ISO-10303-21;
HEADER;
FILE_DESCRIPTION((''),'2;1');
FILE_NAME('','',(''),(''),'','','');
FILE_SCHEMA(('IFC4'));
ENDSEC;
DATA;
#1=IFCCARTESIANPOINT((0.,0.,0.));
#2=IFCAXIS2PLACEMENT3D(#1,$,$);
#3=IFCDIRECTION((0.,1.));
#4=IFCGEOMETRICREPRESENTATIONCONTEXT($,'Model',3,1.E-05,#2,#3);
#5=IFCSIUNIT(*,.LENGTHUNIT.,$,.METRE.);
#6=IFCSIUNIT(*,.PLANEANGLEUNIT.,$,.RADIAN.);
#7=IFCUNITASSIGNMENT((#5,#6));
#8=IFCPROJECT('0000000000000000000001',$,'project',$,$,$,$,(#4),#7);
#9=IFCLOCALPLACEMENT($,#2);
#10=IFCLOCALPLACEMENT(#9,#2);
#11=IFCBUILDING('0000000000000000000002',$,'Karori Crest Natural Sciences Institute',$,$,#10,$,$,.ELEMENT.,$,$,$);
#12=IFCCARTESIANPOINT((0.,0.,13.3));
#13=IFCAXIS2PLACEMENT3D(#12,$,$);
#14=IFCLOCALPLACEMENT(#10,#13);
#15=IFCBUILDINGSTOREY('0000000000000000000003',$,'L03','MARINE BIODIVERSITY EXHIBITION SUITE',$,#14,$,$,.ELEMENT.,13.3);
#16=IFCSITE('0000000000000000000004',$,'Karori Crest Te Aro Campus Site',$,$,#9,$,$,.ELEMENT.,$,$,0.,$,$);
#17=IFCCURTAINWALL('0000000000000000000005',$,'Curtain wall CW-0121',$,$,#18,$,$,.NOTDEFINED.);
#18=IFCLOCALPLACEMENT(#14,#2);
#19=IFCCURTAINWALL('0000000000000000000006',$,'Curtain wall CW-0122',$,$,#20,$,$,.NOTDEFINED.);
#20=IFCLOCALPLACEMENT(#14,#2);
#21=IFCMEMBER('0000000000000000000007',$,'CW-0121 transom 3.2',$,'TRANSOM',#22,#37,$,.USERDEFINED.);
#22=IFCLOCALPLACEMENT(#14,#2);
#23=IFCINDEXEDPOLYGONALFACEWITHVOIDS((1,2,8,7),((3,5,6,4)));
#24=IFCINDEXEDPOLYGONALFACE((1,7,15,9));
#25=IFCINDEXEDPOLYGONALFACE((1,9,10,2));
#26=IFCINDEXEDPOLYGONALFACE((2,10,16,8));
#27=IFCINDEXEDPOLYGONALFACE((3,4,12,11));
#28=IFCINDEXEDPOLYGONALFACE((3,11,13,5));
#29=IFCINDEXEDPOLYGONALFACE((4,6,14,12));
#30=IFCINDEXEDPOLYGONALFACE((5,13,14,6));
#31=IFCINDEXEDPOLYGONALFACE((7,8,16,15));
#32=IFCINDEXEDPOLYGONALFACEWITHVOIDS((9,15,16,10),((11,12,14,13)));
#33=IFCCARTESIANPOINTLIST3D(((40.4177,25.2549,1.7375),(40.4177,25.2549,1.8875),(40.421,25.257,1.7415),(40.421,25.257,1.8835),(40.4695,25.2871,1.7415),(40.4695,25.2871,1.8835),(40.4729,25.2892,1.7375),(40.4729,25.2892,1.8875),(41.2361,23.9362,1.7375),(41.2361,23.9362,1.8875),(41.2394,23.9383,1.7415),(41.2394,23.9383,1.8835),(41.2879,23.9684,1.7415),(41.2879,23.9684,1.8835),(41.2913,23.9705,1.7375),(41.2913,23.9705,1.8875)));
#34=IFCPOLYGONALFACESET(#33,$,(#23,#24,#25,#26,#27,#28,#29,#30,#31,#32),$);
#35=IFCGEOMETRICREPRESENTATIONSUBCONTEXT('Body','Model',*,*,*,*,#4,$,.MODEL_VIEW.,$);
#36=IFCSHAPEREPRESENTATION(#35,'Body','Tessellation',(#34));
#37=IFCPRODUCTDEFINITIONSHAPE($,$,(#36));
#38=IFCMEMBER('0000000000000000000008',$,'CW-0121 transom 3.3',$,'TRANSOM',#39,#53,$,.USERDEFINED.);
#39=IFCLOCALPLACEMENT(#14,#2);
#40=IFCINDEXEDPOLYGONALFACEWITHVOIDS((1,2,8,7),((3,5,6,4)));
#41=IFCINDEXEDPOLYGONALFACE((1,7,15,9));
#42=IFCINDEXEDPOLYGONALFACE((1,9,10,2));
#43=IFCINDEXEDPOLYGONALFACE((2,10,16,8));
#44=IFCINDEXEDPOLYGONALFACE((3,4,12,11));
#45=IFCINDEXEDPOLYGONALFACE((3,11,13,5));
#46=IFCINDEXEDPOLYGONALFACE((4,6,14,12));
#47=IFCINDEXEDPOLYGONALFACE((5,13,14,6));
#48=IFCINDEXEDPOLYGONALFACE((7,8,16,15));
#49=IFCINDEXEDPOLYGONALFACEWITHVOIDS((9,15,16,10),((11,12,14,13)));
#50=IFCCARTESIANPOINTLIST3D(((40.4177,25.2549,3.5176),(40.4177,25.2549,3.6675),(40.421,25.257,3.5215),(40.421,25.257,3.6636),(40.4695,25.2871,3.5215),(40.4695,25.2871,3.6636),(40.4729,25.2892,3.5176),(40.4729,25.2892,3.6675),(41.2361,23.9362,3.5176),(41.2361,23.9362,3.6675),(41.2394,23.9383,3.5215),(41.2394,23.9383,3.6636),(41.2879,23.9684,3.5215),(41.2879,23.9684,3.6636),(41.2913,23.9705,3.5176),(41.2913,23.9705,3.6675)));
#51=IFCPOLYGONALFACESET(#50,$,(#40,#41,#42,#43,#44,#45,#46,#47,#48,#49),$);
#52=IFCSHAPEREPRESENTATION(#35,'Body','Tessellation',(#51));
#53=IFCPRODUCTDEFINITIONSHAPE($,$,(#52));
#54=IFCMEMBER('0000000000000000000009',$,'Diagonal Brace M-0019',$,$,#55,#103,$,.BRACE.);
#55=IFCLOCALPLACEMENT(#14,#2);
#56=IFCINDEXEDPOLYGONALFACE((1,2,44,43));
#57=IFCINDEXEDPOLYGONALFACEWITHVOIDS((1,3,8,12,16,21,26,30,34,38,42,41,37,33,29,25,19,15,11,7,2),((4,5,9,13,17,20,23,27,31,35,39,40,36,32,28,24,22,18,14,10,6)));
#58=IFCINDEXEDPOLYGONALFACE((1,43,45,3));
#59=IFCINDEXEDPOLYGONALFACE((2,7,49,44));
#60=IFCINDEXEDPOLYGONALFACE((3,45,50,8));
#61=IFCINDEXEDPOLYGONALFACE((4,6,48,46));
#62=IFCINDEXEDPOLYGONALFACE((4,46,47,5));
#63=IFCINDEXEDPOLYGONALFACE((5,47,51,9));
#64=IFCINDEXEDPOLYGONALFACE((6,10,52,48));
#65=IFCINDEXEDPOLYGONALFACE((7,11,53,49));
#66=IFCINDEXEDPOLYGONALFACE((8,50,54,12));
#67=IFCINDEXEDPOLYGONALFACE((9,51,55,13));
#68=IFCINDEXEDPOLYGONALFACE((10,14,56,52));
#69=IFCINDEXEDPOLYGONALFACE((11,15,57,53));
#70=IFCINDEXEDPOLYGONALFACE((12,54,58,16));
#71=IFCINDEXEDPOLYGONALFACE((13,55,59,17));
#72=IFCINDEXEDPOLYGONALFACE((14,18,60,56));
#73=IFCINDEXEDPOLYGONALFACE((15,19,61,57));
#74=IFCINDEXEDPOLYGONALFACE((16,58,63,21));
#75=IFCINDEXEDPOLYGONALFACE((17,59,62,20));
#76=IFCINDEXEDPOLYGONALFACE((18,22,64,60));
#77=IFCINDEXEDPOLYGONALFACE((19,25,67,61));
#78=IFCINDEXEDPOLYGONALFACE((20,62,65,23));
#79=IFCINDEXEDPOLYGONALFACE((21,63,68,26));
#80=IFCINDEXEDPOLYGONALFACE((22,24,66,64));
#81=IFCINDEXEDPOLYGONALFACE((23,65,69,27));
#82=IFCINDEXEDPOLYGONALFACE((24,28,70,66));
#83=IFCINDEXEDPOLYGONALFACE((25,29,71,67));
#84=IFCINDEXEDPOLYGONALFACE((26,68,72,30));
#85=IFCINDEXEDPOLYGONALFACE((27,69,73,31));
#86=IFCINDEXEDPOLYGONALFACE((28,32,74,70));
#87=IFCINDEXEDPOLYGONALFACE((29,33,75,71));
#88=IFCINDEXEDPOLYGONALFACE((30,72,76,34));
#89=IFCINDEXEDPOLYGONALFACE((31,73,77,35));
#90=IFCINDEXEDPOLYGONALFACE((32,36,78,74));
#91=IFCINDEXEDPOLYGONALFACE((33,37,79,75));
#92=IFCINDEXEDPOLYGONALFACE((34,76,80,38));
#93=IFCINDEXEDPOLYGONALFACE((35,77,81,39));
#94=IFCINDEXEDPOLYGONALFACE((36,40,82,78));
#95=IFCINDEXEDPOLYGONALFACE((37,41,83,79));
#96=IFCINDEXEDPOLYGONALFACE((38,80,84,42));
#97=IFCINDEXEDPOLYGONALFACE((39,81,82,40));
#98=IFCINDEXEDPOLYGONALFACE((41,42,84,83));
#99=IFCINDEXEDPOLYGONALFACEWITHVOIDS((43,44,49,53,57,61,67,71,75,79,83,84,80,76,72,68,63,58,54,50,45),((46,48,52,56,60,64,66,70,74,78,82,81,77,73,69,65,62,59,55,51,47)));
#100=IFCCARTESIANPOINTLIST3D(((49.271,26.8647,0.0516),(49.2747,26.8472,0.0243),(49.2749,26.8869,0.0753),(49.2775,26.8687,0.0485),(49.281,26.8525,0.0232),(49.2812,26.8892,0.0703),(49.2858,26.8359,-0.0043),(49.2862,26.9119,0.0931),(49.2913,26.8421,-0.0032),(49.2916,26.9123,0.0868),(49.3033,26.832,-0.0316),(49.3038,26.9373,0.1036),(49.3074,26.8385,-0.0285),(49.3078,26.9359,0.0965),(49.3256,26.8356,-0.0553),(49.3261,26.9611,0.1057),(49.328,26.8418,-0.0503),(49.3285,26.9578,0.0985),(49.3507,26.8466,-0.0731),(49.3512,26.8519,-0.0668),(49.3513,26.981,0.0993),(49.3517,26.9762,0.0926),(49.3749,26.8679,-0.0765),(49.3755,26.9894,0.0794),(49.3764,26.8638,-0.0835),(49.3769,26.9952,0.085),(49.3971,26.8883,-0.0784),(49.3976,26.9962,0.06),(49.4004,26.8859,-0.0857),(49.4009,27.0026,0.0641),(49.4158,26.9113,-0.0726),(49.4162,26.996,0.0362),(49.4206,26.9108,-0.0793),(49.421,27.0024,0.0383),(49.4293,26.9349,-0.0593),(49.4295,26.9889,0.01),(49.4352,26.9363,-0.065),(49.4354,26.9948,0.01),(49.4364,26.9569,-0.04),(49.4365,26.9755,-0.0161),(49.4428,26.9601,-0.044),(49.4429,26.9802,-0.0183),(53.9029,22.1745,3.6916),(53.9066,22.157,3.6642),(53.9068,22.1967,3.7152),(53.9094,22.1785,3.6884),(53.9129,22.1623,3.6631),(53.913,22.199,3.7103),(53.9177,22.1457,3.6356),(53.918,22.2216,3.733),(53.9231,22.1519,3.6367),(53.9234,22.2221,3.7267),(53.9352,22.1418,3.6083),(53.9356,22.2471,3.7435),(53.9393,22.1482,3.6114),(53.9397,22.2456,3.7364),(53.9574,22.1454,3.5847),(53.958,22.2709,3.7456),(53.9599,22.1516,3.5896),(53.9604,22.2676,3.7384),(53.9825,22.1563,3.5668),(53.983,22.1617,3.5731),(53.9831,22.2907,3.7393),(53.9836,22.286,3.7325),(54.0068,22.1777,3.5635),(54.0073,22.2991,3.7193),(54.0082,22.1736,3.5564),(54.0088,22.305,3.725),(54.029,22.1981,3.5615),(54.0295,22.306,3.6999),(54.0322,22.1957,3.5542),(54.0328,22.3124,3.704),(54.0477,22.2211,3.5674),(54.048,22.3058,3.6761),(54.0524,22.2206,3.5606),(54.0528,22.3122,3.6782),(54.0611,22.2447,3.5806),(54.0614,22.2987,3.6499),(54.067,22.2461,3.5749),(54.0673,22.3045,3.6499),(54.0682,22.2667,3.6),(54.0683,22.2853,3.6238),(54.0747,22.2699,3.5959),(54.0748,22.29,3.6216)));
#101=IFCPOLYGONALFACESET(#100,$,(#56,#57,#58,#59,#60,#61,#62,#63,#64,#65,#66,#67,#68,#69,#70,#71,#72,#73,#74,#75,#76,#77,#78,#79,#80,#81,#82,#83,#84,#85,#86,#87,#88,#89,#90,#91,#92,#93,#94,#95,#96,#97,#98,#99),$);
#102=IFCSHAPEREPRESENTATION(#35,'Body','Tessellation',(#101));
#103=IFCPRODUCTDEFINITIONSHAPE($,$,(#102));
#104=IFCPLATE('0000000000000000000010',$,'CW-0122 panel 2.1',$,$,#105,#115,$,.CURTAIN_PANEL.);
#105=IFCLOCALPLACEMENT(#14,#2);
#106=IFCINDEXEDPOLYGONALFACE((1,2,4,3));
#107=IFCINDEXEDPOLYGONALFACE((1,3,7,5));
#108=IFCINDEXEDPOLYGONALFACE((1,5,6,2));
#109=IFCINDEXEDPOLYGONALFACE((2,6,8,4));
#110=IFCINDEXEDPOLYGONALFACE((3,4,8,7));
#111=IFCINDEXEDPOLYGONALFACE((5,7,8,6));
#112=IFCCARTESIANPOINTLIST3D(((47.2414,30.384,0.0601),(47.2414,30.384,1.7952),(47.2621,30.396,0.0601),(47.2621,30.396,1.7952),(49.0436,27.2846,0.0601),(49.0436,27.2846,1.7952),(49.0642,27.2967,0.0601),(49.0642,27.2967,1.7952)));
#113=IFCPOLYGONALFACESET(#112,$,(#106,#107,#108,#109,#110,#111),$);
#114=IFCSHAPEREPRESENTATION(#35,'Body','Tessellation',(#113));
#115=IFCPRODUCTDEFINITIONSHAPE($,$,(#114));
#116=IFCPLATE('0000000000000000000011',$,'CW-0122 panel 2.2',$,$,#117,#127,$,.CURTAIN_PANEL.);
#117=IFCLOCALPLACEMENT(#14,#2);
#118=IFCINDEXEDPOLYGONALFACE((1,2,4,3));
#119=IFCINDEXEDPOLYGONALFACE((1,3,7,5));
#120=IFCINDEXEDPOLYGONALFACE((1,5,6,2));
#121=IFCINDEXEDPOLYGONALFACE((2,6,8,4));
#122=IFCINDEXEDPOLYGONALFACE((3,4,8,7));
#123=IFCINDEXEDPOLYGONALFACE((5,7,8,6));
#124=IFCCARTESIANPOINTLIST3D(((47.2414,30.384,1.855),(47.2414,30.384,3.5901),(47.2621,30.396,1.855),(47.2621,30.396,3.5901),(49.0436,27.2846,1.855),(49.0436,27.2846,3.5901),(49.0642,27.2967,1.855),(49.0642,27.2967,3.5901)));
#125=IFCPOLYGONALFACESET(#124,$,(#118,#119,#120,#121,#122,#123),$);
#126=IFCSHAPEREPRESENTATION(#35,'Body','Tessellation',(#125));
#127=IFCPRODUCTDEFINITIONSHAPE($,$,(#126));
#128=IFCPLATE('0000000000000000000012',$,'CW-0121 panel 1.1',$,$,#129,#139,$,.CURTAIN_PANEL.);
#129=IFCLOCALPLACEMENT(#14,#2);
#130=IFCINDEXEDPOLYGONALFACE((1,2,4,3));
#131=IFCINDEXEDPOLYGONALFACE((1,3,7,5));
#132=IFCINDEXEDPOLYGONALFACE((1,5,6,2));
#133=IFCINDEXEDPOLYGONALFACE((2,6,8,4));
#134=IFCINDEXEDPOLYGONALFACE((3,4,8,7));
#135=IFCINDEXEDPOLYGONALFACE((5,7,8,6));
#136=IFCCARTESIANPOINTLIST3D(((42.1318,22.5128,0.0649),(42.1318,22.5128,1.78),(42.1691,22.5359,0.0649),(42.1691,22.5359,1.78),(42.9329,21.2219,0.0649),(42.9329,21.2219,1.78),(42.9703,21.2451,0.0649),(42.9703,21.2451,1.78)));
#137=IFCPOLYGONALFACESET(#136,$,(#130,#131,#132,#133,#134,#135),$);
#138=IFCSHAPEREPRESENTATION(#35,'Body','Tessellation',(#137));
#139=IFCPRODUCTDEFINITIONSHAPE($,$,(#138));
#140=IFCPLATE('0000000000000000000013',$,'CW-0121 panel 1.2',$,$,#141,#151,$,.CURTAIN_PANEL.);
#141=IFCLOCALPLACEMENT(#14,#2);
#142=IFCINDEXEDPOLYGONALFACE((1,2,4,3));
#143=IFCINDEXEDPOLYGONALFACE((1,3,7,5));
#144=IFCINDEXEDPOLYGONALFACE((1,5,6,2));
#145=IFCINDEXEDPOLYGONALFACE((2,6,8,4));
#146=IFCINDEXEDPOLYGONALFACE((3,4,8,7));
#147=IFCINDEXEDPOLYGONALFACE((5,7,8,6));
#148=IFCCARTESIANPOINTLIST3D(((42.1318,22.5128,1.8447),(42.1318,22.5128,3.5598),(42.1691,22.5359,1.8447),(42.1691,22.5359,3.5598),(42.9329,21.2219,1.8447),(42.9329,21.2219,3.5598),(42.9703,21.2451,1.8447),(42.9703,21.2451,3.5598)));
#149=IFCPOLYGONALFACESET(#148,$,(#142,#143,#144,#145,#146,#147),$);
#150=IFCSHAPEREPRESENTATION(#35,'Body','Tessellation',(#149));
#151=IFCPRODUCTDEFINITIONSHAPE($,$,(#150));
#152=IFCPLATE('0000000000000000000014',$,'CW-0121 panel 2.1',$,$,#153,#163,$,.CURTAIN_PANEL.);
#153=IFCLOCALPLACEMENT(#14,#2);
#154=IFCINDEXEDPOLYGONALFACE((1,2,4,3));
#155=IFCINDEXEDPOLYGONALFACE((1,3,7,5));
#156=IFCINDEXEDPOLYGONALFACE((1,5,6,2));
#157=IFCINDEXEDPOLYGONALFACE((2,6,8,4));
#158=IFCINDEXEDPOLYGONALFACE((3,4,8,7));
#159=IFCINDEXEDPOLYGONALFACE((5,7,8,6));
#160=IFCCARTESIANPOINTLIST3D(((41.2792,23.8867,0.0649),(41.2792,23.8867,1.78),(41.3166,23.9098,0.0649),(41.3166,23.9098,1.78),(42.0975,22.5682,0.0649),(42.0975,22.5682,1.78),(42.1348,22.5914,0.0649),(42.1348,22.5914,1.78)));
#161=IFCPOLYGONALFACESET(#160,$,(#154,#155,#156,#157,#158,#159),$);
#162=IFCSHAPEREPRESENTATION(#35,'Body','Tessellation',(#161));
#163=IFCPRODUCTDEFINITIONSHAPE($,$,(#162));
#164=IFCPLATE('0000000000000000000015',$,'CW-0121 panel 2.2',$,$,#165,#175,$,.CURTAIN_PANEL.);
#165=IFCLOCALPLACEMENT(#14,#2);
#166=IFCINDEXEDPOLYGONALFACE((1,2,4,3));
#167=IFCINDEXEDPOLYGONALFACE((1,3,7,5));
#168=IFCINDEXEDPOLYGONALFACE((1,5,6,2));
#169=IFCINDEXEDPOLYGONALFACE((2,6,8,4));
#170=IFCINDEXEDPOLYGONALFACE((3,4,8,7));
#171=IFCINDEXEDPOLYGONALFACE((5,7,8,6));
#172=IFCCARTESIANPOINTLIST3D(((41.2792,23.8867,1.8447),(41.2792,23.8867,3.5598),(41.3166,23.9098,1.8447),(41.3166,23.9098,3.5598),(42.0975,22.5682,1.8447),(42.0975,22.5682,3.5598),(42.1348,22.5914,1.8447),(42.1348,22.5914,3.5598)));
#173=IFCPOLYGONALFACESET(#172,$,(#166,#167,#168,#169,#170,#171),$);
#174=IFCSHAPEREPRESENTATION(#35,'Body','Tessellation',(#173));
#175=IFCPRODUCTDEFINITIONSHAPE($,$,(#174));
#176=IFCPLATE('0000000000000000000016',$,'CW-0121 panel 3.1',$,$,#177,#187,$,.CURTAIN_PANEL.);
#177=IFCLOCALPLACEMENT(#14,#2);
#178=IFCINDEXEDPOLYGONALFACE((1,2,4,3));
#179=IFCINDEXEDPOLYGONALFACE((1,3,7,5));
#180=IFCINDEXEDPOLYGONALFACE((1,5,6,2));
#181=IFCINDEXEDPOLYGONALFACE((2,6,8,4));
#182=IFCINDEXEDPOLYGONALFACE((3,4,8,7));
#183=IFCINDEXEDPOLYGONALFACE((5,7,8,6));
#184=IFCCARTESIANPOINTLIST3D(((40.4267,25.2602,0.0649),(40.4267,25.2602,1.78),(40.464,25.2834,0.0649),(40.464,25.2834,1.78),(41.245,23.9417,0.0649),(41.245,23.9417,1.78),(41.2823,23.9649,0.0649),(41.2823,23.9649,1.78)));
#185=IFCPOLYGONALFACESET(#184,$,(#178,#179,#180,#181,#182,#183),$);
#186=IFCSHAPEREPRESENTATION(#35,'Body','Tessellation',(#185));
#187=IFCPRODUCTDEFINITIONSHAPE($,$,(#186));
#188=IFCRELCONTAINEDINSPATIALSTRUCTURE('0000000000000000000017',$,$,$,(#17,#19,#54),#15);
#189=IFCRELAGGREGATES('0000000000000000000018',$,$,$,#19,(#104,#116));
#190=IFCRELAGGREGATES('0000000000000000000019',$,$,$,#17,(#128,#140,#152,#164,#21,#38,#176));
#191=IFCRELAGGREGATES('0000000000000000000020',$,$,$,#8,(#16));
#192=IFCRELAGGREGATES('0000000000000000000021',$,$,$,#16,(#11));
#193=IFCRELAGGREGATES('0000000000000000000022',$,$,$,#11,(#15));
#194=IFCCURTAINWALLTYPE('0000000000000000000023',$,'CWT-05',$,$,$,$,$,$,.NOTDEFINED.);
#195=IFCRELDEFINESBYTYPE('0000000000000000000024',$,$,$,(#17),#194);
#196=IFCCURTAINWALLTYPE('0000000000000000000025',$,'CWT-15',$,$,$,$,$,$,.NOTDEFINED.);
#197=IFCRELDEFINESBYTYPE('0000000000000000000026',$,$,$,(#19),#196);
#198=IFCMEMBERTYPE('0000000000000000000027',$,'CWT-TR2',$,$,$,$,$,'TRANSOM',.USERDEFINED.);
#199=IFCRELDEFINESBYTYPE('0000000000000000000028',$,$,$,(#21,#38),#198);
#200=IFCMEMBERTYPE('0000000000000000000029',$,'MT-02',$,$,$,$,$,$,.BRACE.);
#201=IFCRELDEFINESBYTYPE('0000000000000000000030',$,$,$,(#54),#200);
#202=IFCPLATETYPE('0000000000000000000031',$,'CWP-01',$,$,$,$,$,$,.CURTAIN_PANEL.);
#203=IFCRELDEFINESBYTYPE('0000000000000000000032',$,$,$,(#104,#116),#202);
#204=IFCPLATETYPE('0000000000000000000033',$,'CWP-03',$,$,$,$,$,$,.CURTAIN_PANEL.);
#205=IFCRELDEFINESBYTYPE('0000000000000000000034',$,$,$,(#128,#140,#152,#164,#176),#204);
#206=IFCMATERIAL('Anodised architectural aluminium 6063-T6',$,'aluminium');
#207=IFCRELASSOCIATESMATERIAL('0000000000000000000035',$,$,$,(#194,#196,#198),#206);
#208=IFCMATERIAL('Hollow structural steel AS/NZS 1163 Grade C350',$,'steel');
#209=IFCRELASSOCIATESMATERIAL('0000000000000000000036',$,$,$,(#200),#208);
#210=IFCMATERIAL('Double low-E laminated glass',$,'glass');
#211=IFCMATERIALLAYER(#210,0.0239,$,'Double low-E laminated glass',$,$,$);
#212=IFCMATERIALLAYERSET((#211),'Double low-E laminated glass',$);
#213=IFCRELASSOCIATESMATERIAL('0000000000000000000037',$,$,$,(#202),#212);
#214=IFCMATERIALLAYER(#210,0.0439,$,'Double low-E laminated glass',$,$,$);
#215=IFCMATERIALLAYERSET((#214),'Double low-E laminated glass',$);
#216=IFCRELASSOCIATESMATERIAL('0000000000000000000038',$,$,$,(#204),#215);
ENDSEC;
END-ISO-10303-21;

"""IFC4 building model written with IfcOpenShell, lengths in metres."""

from ifc_helpers import new_model, si_unit, direction, frame, origin, origin_2d, place, context, subcontext, project, spatial, rectangle, hollow_rectangle, hollow_circle, extrude, material, layer, layer_set, material_profile, profile_set, type_object, element, aggregate, save


model = new_model("IFC4")

# Units and contexts
model_context = context("Model", 3, precision=1e-05, world=origin(), true_north=direction((0.0, 1.0)))
body_context = subcontext(model_context, "Body", "Model", "MODEL_VIEW")
ifc_project = project(units=[si_unit("LENGTHUNIT", "METRE"), si_unit("PLANEANGLEUNIT", "RADIAN")], contexts=[model_context])

# Site, building, storey
site_placement = place(None, origin())
site = spatial("IfcSite", under=ifc_project, at=site_placement, Name="Karori Crest Te Aro Campus Site", CompositionType="ELEMENT", RefElevation=0.0)
building_placement = place(site_placement, origin())
building = spatial("IfcBuilding", under=site, at=building_placement, Name="Karori Crest Natural Sciences Institute", CompositionType="ELEMENT")
storey_placement = place(building_placement, frame((0.0, 0.0, 13.3)))
storey = spatial("IfcBuildingStorey", under=building, at=storey_placement, Name="L03", Description="MARINE BIODIVERSITY EXHIBITION SUITE", CompositionType="ELEMENT", Elevation=13.3)

# Shared definitions
ifc_material_1 = material(Name="Hollow structural steel AS/NZS 1163 Grade C350", Category="steel")

# Curtain walls
ifc_material_2 = material(Name="Anodised architectural aluminium 6063-T6", Category="aluminium")
curtain_wall_type_1 = type_object("IfcCurtainWallType", Name="CWT-05", PredefinedType="NOTDEFINED", material=ifc_material_2)
curtain_wall_1_placement = place(storey_placement, origin())
curtain_wall_1 = element("IfcCurtainWall", 1, at=curtain_wall_1_placement, inside=storey, type_object=curtain_wall_type_1, Name="Curtain wall CW-0121", PredefinedType="NOTDEFINED")
curtain_wall_type_2 = type_object("IfcCurtainWallType", Name="CWT-15", PredefinedType="NOTDEFINED", material=ifc_material_2)
curtain_wall_2_placement = place(storey_placement, origin())
curtain_wall_2 = element("IfcCurtainWall", 2, at=curtain_wall_2_placement, inside=storey, type_object=curtain_wall_type_2, Name="Curtain wall CW-0122", PredefinedType="NOTDEFINED")

# Members
ifc_material_profile_1 = material_profile(ifc_material_2, hollow_rectangle(XDim=0.0649, YDim=0.1499, WallThickness=0.0039, at=origin_2d()), Name="CWT150x65x4")
ifc_profile_set_1 = profile_set([ifc_material_profile_1], Name="Anodised architectural aluminium 6063-T6")
member_type_1 = type_object("IfcMemberType", Name="CWT-TR2", ElementType="TRANSOM", PredefinedType="USERDEFINED", material=ifc_profile_set_1)
member_1_placement = place(storey_placement, frame((41.2637, 23.9534, 1.8125), z_axis=(-0.527324, 0.849664, 0.0), x_axis=(-0.849664, -0.527324, 0.0)))
member_1 = element("IfcMember", 3, at=member_1_placement, type_object=member_type_1, Name="CW-0121 transom 3.2", ObjectType="TRANSOM", PredefinedType="USERDEFINED", context=body_context, shape_type="SweptSolid", body=[
    extrude(hollow_rectangle(XDim=0.0649, YDim=0.1499, WallThickness=0.0039, at=origin_2d()), origin(), (0.0, 0.0, 1.0), 1.552),
])
member_2_placement = place(storey_placement, frame((41.2637, 23.9534, 3.5925), z_axis=(-0.527324, 0.849664, 0.0), x_axis=(-0.849664, -0.527324, 0.0)))
member_2 = element("IfcMember", 4, at=member_2_placement, type_object=member_type_1, Name="CW-0121 transom 3.3", ObjectType="TRANSOM", PredefinedType="USERDEFINED", context=body_context, shape_type="SweptSolid", body=[
    extrude(hollow_rectangle(XDim=0.0649, YDim=0.1499, WallThickness=0.0039, at=origin_2d()), origin(), (0.0, 0.0, 1.0), 1.552),
])
ifc_material_profile_2 = material_profile(ifc_material_1, hollow_circle(Radius=0.1096, WallThickness=0.0083, at=origin_2d()), Name="CHS219.1x8.2")
ifc_profile_set_2 = profile_set([ifc_material_profile_2], Name="Hollow structural steel AS/NZS 1163 Grade C350")
member_type_2 = type_object("IfcMemberType", Name="MT-02", PredefinedType="BRACE", material=ifc_profile_set_2)
member_3_placement = place(storey_placement, frame((49.3574, 26.9177, 0.01), z_axis=(0.615119, -0.622868, 0.483387), x_axis=(0.711519, 0.702667, 0.0)))
element("IfcMember", 5, at=member_3_placement, inside=storey, type_object=member_type_2, Name="Diagonal Brace M-0019", PredefinedType="BRACE", context=body_context, shape_type="SweptSolid", body=[
    extrude(hollow_circle(Radius=0.1096, WallThickness=0.0083, at=origin_2d()), origin(), (0.0, 0.0, 1.0), 7.53),
])

# Plates
ifc_material_3 = material(Name="Double low-E laminated glass", Category="glass")
ifc_layer_1 = layer(ifc_material_3, 0.0239, Name="Double low-E laminated glass")
ifc_layer_set_1 = layer_set([ifc_layer_1], Name="Double low-E laminated glass")
plate_type_1 = type_object("IfcPlateType", Name="CWP-01", PredefinedType="CURTAIN_PANEL", material=ifc_layer_set_1)
plate_1_placement = place(storey_placement, frame((48.1528, 28.8403, 0.0601), z_axis=(0.0, 0.0, 1.0), x_axis=(0.502655, -0.864487, 0.0)))
plate_1 = element("IfcPlate", 6, at=plate_1_placement, type_object=plate_type_1, Name="CW-0122 panel 2.1", PredefinedType="CURTAIN_PANEL", context=body_context, shape_type="SweptSolid", body=[
    extrude(rectangle(XDim=3.5852, YDim=0.0239, at=origin_2d()), origin(), (0.0, 0.0, 1.0), 1.7351),
])
plate_2_placement = place(storey_placement, frame((48.1528, 28.8403, 1.855), z_axis=(0.0, 0.0, 1.0), x_axis=(0.502655, -0.864487, 0.0)))
plate_2 = element("IfcPlate", 7, at=plate_2_placement, type_object=plate_type_1, Name="CW-0122 panel 2.2", PredefinedType="CURTAIN_PANEL", context=body_context, shape_type="SweptSolid", body=[
    extrude(rectangle(XDim=3.5852, YDim=0.0239, at=origin_2d()), origin(), (0.0, 0.0, 1.0), 1.7351),
])
aggregate(curtain_wall_2, [plate_1, plate_2])
ifc_layer_2 = layer(ifc_material_3, 0.0439, Name="Double low-E laminated glass")
ifc_layer_set_2 = layer_set([ifc_layer_2], Name="Double low-E laminated glass")
plate_type_2 = type_object("IfcPlateType", Name="CWP-03", PredefinedType="CURTAIN_PANEL", material=ifc_layer_set_2)
plate_3_placement = place(storey_placement, frame((42.551, 21.8789, 0.0649), z_axis=(0.0, 0.0, 1.0), x_axis=(-0.527328, 0.849662, 0.0)))
plate_3 = element("IfcPlate", 8, at=plate_3_placement, type_object=plate_type_2, Name="CW-0121 panel 1.1", PredefinedType="CURTAIN_PANEL", context=body_context, shape_type="SweptSolid", body=[
    extrude(rectangle(XDim=1.5193, YDim=0.0439, at=origin_2d()), origin(), (0.0, 0.0, 1.0), 1.7151),
])
plate_4_placement = place(storey_placement, frame((42.551, 21.8789, 1.8447), z_axis=(0.0, 0.0, 1.0), x_axis=(-0.527328, 0.849662, 0.0)))
plate_4 = element("IfcPlate", 9, at=plate_4_placement, type_object=plate_type_2, Name="CW-0121 panel 1.2", PredefinedType="CURTAIN_PANEL", context=body_context, shape_type="SweptSolid", body=[
    extrude(rectangle(XDim=1.5193, YDim=0.0439, at=origin_2d()), origin(), (0.0, 0.0, 1.0), 1.7151),
])
plate_5_placement = place(storey_placement, frame((41.707, 23.239, 0.0649), z_axis=(0.0, 0.0, 1.0), x_axis=(-0.527328, 0.849662, 0.0)))
plate_5 = element("IfcPlate", 10, at=plate_5_placement, type_object=plate_type_2, Name="CW-0121 panel 2.1", PredefinedType="CURTAIN_PANEL", context=body_context, shape_type="SweptSolid", body=[
    extrude(rectangle(XDim=1.5518, YDim=0.0439, at=origin_2d()), origin(), (0.0, 0.0, 1.0), 1.7151),
])
plate_6_placement = place(storey_placement, frame((41.707, 23.239, 1.8447), z_axis=(0.0, 0.0, 1.0), x_axis=(-0.527328, 0.849662, 0.0)))
plate_6 = element("IfcPlate", 11, at=plate_6_placement, type_object=plate_type_2, Name="CW-0121 panel 2.2", PredefinedType="CURTAIN_PANEL", context=body_context, shape_type="SweptSolid", body=[
    extrude(rectangle(XDim=1.5518, YDim=0.0439, at=origin_2d()), origin(), (0.0, 0.0, 1.0), 1.7151),
])
plate_7_placement = place(storey_placement, frame((40.8545, 24.6125, 0.0649), z_axis=(0.0, 0.0, 1.0), x_axis=(-0.527328, 0.849662, 0.0)))
plate_7 = element("IfcPlate", 12, at=plate_7_placement, type_object=plate_type_2, Name="CW-0121 panel 3.1", PredefinedType="CURTAIN_PANEL", context=body_context, shape_type="SweptSolid", body=[
    extrude(rectangle(XDim=1.5518, YDim=0.0439, at=origin_2d()), origin(), (0.0, 0.0, 1.0), 1.7151),
])
aggregate(curtain_wall_1, [plate_3, plate_4, plate_5, plate_6, member_1, member_2, plate_7])

save(model, "model.ifc")
